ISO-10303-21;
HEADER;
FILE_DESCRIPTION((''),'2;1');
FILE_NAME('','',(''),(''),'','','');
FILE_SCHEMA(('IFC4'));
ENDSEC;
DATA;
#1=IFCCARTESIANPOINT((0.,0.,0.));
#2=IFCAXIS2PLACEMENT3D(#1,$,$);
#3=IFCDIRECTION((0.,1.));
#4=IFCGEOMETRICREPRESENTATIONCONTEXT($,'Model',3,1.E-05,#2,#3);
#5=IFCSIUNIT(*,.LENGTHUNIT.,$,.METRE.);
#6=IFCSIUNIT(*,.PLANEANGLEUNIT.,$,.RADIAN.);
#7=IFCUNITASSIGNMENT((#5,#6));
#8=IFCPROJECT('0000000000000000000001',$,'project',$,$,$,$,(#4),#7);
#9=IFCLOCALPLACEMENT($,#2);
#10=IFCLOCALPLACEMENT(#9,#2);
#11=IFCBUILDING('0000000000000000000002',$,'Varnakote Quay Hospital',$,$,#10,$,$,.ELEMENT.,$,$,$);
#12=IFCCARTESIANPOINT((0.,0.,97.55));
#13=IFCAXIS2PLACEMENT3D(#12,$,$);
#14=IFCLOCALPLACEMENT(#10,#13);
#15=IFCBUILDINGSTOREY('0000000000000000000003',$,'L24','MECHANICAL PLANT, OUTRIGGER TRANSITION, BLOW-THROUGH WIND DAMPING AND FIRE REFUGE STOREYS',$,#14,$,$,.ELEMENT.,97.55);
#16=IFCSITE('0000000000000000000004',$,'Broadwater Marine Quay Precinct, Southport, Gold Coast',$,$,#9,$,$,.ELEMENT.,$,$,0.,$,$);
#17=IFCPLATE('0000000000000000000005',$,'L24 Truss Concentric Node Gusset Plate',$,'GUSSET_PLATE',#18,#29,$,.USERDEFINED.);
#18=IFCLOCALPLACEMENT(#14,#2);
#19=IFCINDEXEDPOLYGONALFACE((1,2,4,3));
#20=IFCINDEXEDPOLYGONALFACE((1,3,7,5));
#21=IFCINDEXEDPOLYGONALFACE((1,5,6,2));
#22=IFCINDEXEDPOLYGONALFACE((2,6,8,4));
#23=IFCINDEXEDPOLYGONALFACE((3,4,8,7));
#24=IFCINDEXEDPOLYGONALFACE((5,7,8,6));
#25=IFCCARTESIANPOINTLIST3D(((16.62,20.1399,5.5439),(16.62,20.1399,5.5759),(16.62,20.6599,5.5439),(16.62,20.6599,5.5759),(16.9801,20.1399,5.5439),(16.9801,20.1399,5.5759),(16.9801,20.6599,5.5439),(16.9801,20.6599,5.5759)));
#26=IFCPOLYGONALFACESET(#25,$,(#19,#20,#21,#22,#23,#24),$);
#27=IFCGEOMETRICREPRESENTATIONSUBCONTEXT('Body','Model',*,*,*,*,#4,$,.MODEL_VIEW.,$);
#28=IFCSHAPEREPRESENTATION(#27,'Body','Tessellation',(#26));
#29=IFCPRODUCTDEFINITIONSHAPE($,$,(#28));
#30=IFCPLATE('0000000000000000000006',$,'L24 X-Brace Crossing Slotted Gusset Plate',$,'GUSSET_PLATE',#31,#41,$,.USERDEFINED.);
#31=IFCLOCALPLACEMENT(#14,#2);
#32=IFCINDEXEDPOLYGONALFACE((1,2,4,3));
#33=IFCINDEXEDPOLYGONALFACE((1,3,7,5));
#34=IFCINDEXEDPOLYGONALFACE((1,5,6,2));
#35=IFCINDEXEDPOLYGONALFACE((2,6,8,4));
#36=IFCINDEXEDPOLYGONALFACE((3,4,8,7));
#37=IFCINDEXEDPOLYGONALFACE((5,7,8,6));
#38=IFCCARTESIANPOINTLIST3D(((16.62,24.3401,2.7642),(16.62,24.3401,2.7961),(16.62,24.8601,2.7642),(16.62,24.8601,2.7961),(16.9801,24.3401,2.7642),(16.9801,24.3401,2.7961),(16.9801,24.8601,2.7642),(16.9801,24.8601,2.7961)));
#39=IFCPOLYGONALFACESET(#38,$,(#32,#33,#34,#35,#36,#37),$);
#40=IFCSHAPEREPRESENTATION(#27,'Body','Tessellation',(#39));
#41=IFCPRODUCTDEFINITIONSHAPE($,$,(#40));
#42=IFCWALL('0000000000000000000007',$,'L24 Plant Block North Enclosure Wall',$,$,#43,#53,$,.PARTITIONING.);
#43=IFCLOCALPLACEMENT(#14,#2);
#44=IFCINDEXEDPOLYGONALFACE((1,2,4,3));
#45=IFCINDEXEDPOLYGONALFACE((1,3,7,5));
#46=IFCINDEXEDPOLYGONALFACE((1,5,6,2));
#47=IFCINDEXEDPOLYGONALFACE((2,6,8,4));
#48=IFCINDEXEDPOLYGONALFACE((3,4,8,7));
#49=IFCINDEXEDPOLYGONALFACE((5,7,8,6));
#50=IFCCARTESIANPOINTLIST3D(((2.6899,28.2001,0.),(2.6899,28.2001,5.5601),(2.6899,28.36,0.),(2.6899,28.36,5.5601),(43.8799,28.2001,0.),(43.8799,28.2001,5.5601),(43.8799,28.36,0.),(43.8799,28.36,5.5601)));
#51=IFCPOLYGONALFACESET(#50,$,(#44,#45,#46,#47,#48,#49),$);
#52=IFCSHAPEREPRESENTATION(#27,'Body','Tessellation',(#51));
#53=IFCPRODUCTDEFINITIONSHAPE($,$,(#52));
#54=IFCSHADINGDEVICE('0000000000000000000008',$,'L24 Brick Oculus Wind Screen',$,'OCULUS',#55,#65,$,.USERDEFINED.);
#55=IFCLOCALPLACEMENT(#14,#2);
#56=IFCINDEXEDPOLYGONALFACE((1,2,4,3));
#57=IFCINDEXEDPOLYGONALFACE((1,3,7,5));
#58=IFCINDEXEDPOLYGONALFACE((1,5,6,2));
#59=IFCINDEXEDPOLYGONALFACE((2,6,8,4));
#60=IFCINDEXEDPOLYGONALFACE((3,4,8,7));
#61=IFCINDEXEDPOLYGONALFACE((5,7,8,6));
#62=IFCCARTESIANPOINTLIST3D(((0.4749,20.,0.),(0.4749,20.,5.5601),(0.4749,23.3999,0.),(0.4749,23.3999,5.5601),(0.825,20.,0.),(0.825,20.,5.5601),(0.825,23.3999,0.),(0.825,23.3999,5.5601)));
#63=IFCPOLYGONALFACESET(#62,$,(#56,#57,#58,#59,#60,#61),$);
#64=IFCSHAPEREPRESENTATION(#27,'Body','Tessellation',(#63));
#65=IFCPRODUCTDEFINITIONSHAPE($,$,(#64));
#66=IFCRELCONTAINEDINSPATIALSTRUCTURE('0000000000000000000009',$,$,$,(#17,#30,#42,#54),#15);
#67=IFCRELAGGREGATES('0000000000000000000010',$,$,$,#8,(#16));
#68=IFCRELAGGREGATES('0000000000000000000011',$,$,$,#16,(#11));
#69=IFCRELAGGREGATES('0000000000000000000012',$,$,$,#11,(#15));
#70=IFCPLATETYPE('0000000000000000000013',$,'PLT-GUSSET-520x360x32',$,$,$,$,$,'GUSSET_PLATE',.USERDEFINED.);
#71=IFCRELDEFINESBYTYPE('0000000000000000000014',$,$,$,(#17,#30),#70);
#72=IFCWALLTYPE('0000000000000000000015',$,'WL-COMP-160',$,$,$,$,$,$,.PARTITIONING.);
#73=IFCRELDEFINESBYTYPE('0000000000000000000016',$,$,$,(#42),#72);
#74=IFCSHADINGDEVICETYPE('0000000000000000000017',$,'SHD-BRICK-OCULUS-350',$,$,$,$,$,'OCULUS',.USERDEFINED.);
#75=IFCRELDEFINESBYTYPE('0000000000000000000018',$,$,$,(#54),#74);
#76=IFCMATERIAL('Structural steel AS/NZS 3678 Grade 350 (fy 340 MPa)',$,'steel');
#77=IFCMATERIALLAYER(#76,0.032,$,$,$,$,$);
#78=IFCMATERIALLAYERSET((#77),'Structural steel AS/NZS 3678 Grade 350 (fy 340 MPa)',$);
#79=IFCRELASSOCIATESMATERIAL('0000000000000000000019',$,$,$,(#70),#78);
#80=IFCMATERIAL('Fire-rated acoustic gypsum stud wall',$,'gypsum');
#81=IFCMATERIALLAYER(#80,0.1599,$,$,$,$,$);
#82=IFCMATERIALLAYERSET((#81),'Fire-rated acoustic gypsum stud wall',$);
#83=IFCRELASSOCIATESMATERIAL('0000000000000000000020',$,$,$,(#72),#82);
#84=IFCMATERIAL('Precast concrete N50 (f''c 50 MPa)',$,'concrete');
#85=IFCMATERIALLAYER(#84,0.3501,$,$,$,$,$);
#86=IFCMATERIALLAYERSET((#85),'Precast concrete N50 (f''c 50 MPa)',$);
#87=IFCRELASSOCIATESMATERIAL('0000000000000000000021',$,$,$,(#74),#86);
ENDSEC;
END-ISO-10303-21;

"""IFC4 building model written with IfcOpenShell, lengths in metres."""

from ifc_helpers import new_model, si_unit, direction, frame, frame_2d, origin, origin_2d, place, context, subcontext, project, spatial, rectangle, extrude, material, layer, layer_set, type_object, element, save


model = new_model("IFC4")

# Units and contexts
model_context = context("Model", 3, precision=1e-05, world=origin(), true_north=direction((0.0, 1.0)))
body_context = subcontext(model_context, "Body", "Model", "MODEL_VIEW")
ifc_project = project(units=[si_unit("LENGTHUNIT", "METRE"), si_unit("PLANEANGLEUNIT", "RADIAN")], contexts=[model_context])

# Site, building, storey
site_placement = place(None, origin())
site = spatial("IfcSite", under=ifc_project, at=site_placement, Name="Broadwater Marine Quay Precinct, Southport, Gold Coast", CompositionType="ELEMENT", RefElevation=0.0)
building_placement = place(site_placement, origin())
building = spatial("IfcBuilding", under=site, at=building_placement, Name="Varnakote Quay Hospital", CompositionType="ELEMENT")
storey_placement = place(building_placement, frame((0.0, 0.0, 97.55)))
storey = spatial("IfcBuildingStorey", under=building, at=storey_placement, Name="L24", Description="MECHANICAL PLANT, OUTRIGGER TRANSITION, BLOW-THROUGH WIND DAMPING AND FIRE REFUGE STOREYS", CompositionType="ELEMENT", Elevation=97.55)

# Plates
ifc_material_1 = material(Name="Structural steel AS/NZS 3678 Grade 350 (fy 340 MPa)", Category="steel")
ifc_layer_1 = layer(ifc_material_1, 0.032)
ifc_layer_set_1 = layer_set([ifc_layer_1], Name="Structural steel AS/NZS 3678 Grade 350 (fy 340 MPa)")
plate_type_1 = type_object("IfcPlateType", Name="PLT-GUSSET-520x360x32", ElementType="GUSSET_PLATE", PredefinedType="USERDEFINED", material=ifc_layer_set_1)
for number, where, z_axis, x_axis, name in (
    (1, (16.8, 20.3999, 5.5439), (0.0, 0.0, 1.0), (0.0, 1.0, 0.0), "L24 Truss Concentric Node Gusset Plate"),
    (2, (16.8, 24.6001, 2.7642), (0.0, 0.0, 1.0), (0.0, 1.0, 0.0), "L24 X-Brace Crossing Slotted Gusset Plate"),
):
    element("IfcPlate", number, at=place(storey_placement, frame(where, z_axis=z_axis, x_axis=x_axis)), inside=storey, type_object=plate_type_1, Name=name, ObjectType="GUSSET_PLATE", PredefinedType="USERDEFINED", context=body_context, shape_type="SweptSolid", body=[
        extrude(rectangle(XDim=0.52, YDim=0.3601, at=origin_2d()), origin(), (0.0, 0.0, 1.0), 0.032),
    ])

# Wall
ifc_material_2 = material(Name="Fire-rated acoustic gypsum stud wall", Category="gypsum")
ifc_layer_2 = layer(ifc_material_2, 0.1599)
ifc_layer_set_2 = layer_set([ifc_layer_2], Name="Fire-rated acoustic gypsum stud wall")
wall_type = type_object("IfcWallType", Name="WL-COMP-160", PredefinedType="PARTITIONING", material=ifc_layer_set_2)
wall_placement = place(storey_placement, frame((2.6899, 28.28, 0.0), z_axis=(0.0, 0.0, 1.0), x_axis=(1.0, 0.0, 0.0)))
element("IfcWall", 3, at=wall_placement, inside=storey, type_object=wall_type, Name="L24 Plant Block North Enclosure Wall", PredefinedType="PARTITIONING", context=body_context, shape_type="SweptSolid", body=[
    extrude(rectangle(XDim=41.1899, YDim=0.1599, at=frame_2d((20.595, 0.0))), origin(), (0.0, 0.0, 1.0), 5.5601),
])

# Shading device
ifc_material_3 = material(Name="Precast concrete N50 (f'c 50 MPa)", Category="concrete")
ifc_layer_3 = layer(ifc_material_3, 0.3501)
ifc_layer_set_3 = layer_set([ifc_layer_3], Name="Precast concrete N50 (f'c 50 MPa)")
shading_device_type = type_object("IfcShadingDeviceType", Name="SHD-BRICK-OCULUS-350", ElementType="OCULUS", PredefinedType="USERDEFINED", material=ifc_layer_set_3)
shading_device_placement = place(storey_placement, frame((0.6499, 21.7, 0.0), z_axis=(0.0, 0.0, 1.0), x_axis=(0.0, -1.0, 0.0)))
element("IfcShadingDevice", 4, at=shading_device_placement, inside=storey, type_object=shading_device_type, Name="L24 Brick Oculus Wind Screen", ObjectType="OCULUS", PredefinedType="USERDEFINED", context=body_context, shape_type="SweptSolid", body=[
    extrude(rectangle(XDim=3.3999, YDim=0.3501, at=origin_2d()), origin(), (0.0, 0.0, 1.0), 5.5601),
])

save(model, "model.ifc")
